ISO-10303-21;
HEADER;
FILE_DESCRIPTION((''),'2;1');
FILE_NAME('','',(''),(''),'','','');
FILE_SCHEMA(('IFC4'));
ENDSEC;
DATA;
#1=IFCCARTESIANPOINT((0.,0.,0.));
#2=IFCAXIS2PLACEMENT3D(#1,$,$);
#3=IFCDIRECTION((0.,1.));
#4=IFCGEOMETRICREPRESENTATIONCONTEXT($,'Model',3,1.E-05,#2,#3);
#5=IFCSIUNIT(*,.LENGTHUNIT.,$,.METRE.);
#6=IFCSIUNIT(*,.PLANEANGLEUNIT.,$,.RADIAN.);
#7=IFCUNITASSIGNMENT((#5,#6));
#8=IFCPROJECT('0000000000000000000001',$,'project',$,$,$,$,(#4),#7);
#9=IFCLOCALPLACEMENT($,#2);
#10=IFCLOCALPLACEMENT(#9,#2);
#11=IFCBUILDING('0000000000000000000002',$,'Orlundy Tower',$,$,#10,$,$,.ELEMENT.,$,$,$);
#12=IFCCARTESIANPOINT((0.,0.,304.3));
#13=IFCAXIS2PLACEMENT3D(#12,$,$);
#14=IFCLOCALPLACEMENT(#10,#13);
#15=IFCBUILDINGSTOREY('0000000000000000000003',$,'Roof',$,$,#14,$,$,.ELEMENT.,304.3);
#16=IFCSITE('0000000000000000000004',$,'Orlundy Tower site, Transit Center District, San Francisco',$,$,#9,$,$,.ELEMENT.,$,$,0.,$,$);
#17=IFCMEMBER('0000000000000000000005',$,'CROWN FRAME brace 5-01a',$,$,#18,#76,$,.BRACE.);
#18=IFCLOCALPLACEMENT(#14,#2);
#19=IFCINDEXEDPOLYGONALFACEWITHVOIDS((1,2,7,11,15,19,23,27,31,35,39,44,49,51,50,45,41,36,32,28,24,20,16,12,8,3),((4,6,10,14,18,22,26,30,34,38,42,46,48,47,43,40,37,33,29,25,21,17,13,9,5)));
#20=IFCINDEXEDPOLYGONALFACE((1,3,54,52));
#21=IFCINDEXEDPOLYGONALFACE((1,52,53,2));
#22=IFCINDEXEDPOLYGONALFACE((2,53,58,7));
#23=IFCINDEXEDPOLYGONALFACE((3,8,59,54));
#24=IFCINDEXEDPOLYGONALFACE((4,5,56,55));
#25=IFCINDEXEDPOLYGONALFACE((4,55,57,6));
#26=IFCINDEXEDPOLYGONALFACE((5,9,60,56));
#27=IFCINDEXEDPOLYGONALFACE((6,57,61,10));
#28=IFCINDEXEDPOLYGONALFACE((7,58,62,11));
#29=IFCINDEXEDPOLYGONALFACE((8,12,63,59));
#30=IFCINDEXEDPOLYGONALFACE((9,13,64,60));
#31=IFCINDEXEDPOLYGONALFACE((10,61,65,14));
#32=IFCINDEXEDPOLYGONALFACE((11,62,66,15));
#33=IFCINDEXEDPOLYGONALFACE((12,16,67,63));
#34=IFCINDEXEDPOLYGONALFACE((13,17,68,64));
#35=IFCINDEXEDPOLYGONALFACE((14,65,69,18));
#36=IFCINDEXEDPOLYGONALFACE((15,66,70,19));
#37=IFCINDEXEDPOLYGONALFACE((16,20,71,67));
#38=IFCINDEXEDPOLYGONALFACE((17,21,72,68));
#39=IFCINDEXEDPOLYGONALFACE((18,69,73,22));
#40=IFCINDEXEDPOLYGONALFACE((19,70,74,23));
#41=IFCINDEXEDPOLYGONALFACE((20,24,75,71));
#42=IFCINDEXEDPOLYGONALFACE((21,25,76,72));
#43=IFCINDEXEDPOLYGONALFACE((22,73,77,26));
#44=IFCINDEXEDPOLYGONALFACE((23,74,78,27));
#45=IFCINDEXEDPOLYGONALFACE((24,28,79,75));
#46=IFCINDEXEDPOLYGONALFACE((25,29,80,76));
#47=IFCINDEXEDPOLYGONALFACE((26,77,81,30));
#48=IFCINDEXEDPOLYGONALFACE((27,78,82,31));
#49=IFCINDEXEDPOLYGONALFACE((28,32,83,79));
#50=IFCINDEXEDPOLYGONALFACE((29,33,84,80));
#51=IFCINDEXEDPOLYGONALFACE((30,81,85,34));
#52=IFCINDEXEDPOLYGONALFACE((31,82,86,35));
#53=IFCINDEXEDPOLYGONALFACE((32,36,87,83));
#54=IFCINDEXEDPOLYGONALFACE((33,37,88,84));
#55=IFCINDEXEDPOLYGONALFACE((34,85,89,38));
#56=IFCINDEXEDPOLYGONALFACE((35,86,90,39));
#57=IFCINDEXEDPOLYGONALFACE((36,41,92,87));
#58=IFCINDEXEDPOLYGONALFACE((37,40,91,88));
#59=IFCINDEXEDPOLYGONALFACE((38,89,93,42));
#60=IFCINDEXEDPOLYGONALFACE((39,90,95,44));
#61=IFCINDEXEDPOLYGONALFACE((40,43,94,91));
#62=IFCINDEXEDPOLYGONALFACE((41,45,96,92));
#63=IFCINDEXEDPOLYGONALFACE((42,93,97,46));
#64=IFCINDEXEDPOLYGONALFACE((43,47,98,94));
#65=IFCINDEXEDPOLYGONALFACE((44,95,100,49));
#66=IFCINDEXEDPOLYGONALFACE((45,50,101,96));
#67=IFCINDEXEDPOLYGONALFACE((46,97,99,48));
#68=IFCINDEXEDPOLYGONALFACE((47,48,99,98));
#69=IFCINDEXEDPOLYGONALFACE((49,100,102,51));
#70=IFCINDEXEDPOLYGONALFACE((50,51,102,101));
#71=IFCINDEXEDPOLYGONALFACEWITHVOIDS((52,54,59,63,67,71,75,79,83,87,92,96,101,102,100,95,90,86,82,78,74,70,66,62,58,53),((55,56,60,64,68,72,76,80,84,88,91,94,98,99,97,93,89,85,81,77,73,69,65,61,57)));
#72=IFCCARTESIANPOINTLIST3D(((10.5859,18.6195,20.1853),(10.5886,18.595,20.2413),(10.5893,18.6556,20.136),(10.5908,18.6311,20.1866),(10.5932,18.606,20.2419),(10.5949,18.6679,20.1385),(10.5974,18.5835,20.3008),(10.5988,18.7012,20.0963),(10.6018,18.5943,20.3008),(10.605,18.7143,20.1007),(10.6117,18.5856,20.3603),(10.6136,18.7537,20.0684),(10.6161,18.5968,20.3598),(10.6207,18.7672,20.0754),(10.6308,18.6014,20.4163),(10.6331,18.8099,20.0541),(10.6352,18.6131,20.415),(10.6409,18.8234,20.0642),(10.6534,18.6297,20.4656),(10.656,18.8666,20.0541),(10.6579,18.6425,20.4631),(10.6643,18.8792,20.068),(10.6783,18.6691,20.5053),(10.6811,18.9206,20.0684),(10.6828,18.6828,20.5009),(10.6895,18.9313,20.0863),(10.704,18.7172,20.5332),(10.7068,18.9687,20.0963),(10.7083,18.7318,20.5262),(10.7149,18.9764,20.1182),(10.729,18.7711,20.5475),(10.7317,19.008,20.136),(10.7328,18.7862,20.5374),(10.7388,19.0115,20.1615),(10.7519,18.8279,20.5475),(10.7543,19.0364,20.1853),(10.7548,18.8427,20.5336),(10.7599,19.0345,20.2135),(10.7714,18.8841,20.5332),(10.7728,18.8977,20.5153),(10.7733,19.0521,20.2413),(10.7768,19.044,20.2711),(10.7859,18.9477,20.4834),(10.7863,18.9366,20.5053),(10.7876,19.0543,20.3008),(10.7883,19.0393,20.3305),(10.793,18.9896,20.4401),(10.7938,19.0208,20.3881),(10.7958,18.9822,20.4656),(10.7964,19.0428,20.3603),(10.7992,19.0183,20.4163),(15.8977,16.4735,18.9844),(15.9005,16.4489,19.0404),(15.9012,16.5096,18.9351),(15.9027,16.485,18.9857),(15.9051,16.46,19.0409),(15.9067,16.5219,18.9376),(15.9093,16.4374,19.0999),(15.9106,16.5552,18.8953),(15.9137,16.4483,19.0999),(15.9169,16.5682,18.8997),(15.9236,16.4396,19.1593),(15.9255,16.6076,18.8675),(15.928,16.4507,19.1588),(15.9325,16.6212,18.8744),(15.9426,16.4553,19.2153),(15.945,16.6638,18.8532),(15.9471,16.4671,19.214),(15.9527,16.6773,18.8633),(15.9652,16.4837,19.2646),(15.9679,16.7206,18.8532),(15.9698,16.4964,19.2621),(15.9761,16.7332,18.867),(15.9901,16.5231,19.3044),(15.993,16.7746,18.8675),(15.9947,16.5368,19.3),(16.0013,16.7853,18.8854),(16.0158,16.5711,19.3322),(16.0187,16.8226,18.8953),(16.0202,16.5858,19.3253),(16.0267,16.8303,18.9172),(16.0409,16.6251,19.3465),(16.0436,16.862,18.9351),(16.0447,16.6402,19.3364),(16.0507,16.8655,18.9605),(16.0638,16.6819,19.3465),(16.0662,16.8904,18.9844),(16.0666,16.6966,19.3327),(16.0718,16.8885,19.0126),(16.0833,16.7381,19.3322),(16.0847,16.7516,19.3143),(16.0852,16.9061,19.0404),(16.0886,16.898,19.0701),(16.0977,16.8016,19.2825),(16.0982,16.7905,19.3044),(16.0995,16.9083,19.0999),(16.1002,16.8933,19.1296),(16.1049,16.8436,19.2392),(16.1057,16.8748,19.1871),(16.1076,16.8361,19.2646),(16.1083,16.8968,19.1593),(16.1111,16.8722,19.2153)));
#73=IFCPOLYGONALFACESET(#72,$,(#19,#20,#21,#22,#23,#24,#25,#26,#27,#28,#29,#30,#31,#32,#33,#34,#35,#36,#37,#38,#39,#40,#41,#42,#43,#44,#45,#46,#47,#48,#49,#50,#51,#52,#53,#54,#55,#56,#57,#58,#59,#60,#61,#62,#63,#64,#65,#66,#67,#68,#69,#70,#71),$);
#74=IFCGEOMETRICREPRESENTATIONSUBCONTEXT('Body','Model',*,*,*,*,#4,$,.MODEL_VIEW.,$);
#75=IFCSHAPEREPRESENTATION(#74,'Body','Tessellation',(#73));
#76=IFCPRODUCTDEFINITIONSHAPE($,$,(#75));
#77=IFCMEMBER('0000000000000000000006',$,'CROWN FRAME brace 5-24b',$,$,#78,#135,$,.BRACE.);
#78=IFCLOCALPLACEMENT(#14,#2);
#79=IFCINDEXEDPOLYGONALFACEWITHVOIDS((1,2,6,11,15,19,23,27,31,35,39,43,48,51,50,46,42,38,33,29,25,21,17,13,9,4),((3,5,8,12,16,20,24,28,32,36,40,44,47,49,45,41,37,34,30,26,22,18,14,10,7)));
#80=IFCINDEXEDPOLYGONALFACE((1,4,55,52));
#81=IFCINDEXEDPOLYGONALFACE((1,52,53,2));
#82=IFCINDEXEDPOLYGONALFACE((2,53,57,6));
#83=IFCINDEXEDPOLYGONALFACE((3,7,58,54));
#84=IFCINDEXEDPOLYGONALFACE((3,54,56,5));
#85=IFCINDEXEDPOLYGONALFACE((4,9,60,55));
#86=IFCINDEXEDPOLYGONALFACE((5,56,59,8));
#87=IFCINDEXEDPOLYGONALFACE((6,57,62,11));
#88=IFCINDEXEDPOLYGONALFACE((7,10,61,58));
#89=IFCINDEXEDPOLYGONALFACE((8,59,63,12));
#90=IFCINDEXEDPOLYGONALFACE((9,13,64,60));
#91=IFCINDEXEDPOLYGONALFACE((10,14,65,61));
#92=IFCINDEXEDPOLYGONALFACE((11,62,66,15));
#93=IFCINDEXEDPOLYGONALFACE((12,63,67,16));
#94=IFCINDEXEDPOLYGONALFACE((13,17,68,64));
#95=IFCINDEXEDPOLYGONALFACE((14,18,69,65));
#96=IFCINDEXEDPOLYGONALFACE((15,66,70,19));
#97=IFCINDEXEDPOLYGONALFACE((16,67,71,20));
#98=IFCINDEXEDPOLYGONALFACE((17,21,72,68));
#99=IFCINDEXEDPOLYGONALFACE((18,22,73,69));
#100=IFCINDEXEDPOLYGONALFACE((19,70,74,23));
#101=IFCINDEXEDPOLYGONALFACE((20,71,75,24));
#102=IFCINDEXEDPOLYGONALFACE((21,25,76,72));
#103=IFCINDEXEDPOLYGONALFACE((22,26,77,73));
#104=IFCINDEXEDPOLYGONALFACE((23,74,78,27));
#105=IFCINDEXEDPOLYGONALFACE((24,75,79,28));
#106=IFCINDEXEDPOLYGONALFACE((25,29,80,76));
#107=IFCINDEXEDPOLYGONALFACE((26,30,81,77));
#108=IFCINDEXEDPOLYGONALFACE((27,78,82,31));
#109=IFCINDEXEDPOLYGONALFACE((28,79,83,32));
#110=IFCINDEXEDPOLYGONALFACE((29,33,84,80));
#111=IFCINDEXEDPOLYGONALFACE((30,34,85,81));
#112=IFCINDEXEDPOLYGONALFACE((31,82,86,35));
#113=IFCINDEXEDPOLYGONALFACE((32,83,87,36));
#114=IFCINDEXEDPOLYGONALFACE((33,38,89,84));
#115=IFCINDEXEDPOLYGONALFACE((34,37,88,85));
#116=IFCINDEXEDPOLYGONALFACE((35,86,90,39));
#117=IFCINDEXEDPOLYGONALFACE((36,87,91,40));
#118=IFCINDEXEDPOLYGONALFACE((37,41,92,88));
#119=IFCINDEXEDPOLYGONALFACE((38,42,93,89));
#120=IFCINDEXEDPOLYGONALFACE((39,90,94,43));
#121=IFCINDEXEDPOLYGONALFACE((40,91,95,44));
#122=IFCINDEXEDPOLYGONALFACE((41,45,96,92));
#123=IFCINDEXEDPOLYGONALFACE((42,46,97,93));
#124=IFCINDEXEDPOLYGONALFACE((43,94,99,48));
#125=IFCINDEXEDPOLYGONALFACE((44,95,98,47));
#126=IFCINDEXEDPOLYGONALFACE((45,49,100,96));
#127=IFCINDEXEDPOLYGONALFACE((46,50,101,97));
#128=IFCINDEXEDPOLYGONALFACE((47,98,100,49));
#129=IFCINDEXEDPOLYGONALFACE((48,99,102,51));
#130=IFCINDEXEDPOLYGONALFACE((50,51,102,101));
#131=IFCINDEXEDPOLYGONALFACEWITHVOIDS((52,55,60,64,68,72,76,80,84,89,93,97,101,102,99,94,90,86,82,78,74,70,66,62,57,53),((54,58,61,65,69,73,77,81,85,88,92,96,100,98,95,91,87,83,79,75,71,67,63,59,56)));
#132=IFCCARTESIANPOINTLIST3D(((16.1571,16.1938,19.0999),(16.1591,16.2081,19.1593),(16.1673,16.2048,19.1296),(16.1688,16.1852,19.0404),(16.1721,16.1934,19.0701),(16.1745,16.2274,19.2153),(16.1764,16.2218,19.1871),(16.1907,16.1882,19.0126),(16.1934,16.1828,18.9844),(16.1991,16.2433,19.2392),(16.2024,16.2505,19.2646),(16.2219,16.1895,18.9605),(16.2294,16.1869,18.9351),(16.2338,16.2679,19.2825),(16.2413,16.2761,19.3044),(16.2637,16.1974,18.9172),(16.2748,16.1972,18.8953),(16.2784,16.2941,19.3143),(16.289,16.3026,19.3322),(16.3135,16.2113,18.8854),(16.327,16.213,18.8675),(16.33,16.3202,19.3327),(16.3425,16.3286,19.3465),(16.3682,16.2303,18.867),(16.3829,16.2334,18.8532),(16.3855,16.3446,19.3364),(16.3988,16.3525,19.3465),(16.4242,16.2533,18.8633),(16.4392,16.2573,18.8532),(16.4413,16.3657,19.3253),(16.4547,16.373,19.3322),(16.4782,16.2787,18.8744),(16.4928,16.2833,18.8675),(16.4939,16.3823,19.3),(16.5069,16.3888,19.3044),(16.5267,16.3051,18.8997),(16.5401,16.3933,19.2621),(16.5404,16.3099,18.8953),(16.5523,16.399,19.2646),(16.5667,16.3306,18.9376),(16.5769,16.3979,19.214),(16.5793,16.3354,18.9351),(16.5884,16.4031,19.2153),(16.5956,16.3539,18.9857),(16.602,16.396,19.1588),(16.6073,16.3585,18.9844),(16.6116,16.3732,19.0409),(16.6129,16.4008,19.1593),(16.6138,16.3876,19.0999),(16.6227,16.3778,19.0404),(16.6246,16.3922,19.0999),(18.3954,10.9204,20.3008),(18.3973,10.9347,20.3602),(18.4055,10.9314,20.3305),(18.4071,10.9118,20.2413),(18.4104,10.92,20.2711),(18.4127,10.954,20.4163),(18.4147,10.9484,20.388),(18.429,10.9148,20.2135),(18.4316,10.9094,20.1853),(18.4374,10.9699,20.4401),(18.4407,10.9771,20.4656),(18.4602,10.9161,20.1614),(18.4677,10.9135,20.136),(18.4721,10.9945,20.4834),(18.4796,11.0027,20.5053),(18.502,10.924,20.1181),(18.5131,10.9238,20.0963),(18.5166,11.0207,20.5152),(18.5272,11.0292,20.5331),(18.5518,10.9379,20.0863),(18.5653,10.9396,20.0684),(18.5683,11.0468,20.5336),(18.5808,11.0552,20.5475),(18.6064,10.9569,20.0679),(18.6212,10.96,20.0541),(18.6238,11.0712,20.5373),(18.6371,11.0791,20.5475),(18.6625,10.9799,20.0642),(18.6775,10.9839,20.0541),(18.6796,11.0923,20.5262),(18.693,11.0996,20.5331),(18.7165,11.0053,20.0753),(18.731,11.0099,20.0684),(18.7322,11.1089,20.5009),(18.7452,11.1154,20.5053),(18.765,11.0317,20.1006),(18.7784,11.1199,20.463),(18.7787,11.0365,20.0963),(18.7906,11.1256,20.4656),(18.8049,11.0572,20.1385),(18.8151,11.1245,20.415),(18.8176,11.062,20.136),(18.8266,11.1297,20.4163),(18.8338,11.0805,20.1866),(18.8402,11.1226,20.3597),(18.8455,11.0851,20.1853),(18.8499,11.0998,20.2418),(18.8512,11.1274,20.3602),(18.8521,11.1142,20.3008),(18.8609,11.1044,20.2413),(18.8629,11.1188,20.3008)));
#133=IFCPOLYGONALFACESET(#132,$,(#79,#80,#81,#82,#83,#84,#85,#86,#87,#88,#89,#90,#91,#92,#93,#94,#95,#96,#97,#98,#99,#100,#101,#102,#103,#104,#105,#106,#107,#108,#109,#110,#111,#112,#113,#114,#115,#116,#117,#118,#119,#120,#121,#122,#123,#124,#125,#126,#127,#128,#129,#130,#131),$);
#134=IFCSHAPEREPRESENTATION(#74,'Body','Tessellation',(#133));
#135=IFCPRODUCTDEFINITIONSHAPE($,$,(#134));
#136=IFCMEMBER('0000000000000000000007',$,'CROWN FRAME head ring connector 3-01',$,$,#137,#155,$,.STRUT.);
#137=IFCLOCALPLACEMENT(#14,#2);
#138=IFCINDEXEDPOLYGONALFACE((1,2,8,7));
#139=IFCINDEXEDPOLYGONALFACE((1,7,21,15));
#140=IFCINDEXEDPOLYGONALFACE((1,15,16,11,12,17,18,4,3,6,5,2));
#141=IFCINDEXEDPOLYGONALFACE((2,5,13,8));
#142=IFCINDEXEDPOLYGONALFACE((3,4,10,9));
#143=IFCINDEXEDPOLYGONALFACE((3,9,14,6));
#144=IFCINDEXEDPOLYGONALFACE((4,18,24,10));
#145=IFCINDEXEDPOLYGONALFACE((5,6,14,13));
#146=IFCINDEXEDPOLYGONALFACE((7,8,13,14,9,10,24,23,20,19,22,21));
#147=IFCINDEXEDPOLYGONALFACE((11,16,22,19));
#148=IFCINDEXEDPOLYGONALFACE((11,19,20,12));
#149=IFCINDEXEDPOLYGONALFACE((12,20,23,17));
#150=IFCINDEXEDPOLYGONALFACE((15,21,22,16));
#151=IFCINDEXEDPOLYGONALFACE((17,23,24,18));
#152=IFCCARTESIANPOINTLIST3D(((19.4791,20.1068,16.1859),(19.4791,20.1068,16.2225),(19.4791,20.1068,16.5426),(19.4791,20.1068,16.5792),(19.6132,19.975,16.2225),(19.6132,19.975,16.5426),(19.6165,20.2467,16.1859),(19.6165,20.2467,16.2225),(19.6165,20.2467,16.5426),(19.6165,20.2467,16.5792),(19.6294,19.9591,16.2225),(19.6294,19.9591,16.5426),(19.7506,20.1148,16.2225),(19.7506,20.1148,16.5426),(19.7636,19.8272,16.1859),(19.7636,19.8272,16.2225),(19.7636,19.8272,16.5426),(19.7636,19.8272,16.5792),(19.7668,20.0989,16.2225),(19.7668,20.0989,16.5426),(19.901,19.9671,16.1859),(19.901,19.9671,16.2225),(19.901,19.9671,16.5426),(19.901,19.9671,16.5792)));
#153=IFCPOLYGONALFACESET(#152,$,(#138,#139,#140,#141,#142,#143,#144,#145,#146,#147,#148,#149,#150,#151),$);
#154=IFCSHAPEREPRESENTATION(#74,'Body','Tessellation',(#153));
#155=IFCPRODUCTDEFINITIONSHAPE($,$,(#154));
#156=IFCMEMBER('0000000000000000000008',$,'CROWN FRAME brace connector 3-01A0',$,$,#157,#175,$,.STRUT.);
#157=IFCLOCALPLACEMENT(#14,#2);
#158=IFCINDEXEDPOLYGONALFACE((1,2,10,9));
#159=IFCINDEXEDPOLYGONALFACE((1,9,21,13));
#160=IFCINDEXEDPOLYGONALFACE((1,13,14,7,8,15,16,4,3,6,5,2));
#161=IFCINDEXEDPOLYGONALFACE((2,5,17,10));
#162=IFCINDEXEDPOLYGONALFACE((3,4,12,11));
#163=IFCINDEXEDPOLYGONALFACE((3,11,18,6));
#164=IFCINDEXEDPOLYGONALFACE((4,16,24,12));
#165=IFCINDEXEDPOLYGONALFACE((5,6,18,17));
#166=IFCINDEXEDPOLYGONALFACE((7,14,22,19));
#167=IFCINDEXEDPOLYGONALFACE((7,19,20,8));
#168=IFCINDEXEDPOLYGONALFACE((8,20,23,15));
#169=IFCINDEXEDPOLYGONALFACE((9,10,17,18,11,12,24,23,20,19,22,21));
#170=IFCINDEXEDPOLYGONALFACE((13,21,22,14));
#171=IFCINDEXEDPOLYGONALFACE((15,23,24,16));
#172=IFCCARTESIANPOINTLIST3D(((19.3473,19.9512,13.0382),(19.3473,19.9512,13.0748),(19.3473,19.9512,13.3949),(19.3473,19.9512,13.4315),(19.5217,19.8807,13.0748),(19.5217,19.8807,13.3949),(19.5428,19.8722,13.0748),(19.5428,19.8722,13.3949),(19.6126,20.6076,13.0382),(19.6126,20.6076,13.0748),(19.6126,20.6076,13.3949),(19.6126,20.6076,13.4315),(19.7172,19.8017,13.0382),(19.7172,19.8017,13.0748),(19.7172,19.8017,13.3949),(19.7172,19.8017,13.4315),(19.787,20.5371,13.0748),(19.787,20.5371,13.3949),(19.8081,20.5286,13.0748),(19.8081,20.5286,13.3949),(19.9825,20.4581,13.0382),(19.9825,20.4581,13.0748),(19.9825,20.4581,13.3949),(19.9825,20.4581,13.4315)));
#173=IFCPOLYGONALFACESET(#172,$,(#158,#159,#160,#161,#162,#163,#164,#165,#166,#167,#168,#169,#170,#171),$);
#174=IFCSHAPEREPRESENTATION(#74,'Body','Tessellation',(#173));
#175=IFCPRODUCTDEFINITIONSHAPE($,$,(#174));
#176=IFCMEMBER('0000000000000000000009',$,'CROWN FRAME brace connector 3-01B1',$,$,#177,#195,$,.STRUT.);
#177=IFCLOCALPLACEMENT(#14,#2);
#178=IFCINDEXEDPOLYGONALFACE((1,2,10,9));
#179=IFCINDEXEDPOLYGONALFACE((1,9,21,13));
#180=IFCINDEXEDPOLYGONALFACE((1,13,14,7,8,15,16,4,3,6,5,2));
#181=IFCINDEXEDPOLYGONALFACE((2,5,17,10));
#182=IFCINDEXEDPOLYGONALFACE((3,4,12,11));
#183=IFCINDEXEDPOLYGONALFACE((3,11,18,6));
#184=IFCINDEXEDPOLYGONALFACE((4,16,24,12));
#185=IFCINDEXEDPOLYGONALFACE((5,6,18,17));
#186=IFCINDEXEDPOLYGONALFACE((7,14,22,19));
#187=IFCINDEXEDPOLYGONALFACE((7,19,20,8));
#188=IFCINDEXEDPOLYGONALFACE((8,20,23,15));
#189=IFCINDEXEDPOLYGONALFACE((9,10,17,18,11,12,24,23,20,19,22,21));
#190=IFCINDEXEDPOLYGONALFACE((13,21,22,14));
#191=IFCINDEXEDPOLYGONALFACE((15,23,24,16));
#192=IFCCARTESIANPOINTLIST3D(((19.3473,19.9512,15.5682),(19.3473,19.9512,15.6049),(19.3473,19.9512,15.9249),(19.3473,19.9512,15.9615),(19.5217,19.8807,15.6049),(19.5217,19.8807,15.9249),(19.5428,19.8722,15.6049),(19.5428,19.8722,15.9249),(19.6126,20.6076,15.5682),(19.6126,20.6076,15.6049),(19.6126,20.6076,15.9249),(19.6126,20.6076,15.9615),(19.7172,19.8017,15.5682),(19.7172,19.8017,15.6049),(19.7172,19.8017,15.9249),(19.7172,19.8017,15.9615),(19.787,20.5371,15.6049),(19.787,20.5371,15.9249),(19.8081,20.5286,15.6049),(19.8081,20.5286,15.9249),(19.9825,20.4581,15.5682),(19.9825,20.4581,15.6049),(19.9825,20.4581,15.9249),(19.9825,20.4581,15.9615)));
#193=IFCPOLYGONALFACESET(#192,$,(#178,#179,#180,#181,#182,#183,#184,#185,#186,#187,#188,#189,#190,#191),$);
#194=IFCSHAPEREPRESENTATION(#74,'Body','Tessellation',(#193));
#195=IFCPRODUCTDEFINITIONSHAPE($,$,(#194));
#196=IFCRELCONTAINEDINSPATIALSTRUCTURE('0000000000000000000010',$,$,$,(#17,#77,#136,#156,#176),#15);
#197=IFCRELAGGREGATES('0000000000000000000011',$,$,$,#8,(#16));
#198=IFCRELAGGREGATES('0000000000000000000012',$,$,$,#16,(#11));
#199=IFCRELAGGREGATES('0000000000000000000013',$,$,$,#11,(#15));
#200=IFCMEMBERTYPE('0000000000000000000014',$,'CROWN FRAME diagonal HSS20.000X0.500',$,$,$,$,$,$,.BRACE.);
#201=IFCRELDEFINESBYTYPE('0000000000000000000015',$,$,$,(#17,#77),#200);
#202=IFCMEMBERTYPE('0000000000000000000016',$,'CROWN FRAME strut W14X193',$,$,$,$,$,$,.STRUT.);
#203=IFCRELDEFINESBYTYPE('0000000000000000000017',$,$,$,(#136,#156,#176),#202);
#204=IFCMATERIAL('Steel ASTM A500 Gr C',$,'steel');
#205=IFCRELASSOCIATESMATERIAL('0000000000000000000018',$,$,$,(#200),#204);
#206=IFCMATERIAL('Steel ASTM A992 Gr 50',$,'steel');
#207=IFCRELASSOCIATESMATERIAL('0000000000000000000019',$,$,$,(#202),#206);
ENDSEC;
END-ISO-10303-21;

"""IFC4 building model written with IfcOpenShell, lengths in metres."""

from ifc_helpers import new_model, si_unit, direction, frame, origin, origin_2d, place, context, subcontext, project, spatial, hollow_circle, i_section, extrude, material, material_profile, profile_set, type_object, element, save


model = new_model("IFC4")

# Units and contexts
model_context = context("Model", 3, precision=1e-05, world=origin(), true_north=direction((0.0, 1.0)))
body_context = subcontext(model_context, "Body", "Model", "MODEL_VIEW")
ifc_project = project(units=[si_unit("LENGTHUNIT", "METRE"), si_unit("PLANEANGLEUNIT", "RADIAN")], contexts=[model_context])

# Site, building, storey
site_placement = place(None, origin())
site = spatial("IfcSite", under=ifc_project, at=site_placement, Name="Orlundy Tower site, Transit Center District, San Francisco", CompositionType="ELEMENT", RefElevation=0.0)
building_placement = place(site_placement, origin())
building = spatial("IfcBuilding", under=site, at=building_placement, Name="Orlundy Tower", CompositionType="ELEMENT")
storey_placement = place(building_placement, frame((0.0, 0.0, 304.3)))
storey = spatial("IfcBuildingStorey", under=building, at=storey_placement, Name="Roof", CompositionType="ELEMENT", Elevation=304.3)

# Members
ifc_material_1 = material(Name="Steel ASTM A500 Gr C", Category="steel")
ifc_material_profile_1 = material_profile(ifc_material_1, hollow_circle(Radius=0.2539, WallThickness=0.0117, at=origin_2d()), Name="HSS20.000X0.500")
ifc_profile_set_1 = profile_set([ifc_material_profile_1], Name="Steel ASTM A500 Gr C")
member_type_1 = type_object("IfcMemberType", Name="CROWN FRAME diagonal HSS20.000X0.500", PredefinedType="BRACE", material=ifc_profile_set_1)
member_1_placement = place(storey_placement, frame((16.0044, 16.6729, 19.0999), z_axis=(-0.907466, 0.366623, 0.205167), x_axis=(-0.374592, -0.92719, 0.0)))
element("IfcMember", 1, at=member_1_placement, inside=storey, type_object=member_type_1, Name="CROWN FRAME brace 5-01a", PredefinedType="BRACE", context=body_context, shape_type="SweptSolid", body=[
    extrude(hollow_circle(Radius=0.2539, WallThickness=0.0117, at=origin_2d()), origin(), (0.0, 0.0, 1.0), 5.8535),
])
member_2_placement = place(storey_placement, frame((16.3909, 16.293, 19.0999), z_axis=(0.382396, -0.900932, 0.205171), x_axis=(0.920515, 0.390707, 0.0)))
element("IfcMember", 2, at=member_2_placement, inside=storey, type_object=member_type_1, Name="CROWN FRAME brace 5-24b", PredefinedType="BRACE", context=body_context, shape_type="SweptSolid", body=[
    extrude(hollow_circle(Radius=0.2539, WallThickness=0.0117, at=origin_2d()), origin(), (0.0, 0.0, 1.0), 5.8533),
])
ifc_material_2 = material(Name="Steel ASTM A992 Gr 50", Category="steel")
ifc_material_profile_2 = material_profile(ifc_material_2, i_section(OverallWidth=0.3989, OverallDepth=0.3933, WebThickness=0.0227, FlangeThickness=0.0366, at=origin_2d()), Name="W14X193")
ifc_profile_set_2 = profile_set([ifc_material_profile_2], Name="Steel ASTM A992 Gr 50")
member_type_2 = type_object("IfcMemberType", Name="CROWN FRAME strut W14X193", PredefinedType="STRUT", material=ifc_profile_set_2)
member_3_placement = place(storey_placement, frame((19.6213, 19.967, 16.3826), z_axis=(0.700855, 0.713304, 0.0), x_axis=(-0.713304, 0.700855, 0.0)))
element("IfcMember", 3, at=member_3_placement, inside=storey, type_object=member_type_2, Name="CROWN FRAME head ring connector 3-01", PredefinedType="STRUT", context=body_context, shape_type="SweptSolid", body=[
    extrude(i_section(OverallWidth=0.3989, OverallDepth=0.3933, WebThickness=0.0227, FlangeThickness=0.0366, at=origin_2d()), origin(), (0.0, 0.0, 1.0), 0.196),
])
for number, where, z_axis, x_axis, name in (
    (4, (19.5322, 19.8765, 13.2349), (0.374777, 0.927115, 0.0), (-0.927115, 0.374777, 0.0), "CROWN FRAME brace connector 3-01A0"),
    (5, (19.5322, 19.8765, 15.7649), (0.374777, 0.927115, 0.0), (-0.927115, 0.374777, 0.0), "CROWN FRAME brace connector 3-01B1"),
):
    element("IfcMember", number, at=place(storey_placement, frame(where, z_axis=z_axis, x_axis=x_axis)), inside=storey, type_object=member_type_2, Name=name, PredefinedType="STRUT", context=body_context, shape_type="SweptSolid", body=[
        extrude(i_section(OverallWidth=0.3989, OverallDepth=0.3933, WebThickness=0.0227, FlangeThickness=0.0366, at=origin_2d()), origin(), (0.0, 0.0, 1.0), 0.708),
    ])

save(model, "model.ifc")
